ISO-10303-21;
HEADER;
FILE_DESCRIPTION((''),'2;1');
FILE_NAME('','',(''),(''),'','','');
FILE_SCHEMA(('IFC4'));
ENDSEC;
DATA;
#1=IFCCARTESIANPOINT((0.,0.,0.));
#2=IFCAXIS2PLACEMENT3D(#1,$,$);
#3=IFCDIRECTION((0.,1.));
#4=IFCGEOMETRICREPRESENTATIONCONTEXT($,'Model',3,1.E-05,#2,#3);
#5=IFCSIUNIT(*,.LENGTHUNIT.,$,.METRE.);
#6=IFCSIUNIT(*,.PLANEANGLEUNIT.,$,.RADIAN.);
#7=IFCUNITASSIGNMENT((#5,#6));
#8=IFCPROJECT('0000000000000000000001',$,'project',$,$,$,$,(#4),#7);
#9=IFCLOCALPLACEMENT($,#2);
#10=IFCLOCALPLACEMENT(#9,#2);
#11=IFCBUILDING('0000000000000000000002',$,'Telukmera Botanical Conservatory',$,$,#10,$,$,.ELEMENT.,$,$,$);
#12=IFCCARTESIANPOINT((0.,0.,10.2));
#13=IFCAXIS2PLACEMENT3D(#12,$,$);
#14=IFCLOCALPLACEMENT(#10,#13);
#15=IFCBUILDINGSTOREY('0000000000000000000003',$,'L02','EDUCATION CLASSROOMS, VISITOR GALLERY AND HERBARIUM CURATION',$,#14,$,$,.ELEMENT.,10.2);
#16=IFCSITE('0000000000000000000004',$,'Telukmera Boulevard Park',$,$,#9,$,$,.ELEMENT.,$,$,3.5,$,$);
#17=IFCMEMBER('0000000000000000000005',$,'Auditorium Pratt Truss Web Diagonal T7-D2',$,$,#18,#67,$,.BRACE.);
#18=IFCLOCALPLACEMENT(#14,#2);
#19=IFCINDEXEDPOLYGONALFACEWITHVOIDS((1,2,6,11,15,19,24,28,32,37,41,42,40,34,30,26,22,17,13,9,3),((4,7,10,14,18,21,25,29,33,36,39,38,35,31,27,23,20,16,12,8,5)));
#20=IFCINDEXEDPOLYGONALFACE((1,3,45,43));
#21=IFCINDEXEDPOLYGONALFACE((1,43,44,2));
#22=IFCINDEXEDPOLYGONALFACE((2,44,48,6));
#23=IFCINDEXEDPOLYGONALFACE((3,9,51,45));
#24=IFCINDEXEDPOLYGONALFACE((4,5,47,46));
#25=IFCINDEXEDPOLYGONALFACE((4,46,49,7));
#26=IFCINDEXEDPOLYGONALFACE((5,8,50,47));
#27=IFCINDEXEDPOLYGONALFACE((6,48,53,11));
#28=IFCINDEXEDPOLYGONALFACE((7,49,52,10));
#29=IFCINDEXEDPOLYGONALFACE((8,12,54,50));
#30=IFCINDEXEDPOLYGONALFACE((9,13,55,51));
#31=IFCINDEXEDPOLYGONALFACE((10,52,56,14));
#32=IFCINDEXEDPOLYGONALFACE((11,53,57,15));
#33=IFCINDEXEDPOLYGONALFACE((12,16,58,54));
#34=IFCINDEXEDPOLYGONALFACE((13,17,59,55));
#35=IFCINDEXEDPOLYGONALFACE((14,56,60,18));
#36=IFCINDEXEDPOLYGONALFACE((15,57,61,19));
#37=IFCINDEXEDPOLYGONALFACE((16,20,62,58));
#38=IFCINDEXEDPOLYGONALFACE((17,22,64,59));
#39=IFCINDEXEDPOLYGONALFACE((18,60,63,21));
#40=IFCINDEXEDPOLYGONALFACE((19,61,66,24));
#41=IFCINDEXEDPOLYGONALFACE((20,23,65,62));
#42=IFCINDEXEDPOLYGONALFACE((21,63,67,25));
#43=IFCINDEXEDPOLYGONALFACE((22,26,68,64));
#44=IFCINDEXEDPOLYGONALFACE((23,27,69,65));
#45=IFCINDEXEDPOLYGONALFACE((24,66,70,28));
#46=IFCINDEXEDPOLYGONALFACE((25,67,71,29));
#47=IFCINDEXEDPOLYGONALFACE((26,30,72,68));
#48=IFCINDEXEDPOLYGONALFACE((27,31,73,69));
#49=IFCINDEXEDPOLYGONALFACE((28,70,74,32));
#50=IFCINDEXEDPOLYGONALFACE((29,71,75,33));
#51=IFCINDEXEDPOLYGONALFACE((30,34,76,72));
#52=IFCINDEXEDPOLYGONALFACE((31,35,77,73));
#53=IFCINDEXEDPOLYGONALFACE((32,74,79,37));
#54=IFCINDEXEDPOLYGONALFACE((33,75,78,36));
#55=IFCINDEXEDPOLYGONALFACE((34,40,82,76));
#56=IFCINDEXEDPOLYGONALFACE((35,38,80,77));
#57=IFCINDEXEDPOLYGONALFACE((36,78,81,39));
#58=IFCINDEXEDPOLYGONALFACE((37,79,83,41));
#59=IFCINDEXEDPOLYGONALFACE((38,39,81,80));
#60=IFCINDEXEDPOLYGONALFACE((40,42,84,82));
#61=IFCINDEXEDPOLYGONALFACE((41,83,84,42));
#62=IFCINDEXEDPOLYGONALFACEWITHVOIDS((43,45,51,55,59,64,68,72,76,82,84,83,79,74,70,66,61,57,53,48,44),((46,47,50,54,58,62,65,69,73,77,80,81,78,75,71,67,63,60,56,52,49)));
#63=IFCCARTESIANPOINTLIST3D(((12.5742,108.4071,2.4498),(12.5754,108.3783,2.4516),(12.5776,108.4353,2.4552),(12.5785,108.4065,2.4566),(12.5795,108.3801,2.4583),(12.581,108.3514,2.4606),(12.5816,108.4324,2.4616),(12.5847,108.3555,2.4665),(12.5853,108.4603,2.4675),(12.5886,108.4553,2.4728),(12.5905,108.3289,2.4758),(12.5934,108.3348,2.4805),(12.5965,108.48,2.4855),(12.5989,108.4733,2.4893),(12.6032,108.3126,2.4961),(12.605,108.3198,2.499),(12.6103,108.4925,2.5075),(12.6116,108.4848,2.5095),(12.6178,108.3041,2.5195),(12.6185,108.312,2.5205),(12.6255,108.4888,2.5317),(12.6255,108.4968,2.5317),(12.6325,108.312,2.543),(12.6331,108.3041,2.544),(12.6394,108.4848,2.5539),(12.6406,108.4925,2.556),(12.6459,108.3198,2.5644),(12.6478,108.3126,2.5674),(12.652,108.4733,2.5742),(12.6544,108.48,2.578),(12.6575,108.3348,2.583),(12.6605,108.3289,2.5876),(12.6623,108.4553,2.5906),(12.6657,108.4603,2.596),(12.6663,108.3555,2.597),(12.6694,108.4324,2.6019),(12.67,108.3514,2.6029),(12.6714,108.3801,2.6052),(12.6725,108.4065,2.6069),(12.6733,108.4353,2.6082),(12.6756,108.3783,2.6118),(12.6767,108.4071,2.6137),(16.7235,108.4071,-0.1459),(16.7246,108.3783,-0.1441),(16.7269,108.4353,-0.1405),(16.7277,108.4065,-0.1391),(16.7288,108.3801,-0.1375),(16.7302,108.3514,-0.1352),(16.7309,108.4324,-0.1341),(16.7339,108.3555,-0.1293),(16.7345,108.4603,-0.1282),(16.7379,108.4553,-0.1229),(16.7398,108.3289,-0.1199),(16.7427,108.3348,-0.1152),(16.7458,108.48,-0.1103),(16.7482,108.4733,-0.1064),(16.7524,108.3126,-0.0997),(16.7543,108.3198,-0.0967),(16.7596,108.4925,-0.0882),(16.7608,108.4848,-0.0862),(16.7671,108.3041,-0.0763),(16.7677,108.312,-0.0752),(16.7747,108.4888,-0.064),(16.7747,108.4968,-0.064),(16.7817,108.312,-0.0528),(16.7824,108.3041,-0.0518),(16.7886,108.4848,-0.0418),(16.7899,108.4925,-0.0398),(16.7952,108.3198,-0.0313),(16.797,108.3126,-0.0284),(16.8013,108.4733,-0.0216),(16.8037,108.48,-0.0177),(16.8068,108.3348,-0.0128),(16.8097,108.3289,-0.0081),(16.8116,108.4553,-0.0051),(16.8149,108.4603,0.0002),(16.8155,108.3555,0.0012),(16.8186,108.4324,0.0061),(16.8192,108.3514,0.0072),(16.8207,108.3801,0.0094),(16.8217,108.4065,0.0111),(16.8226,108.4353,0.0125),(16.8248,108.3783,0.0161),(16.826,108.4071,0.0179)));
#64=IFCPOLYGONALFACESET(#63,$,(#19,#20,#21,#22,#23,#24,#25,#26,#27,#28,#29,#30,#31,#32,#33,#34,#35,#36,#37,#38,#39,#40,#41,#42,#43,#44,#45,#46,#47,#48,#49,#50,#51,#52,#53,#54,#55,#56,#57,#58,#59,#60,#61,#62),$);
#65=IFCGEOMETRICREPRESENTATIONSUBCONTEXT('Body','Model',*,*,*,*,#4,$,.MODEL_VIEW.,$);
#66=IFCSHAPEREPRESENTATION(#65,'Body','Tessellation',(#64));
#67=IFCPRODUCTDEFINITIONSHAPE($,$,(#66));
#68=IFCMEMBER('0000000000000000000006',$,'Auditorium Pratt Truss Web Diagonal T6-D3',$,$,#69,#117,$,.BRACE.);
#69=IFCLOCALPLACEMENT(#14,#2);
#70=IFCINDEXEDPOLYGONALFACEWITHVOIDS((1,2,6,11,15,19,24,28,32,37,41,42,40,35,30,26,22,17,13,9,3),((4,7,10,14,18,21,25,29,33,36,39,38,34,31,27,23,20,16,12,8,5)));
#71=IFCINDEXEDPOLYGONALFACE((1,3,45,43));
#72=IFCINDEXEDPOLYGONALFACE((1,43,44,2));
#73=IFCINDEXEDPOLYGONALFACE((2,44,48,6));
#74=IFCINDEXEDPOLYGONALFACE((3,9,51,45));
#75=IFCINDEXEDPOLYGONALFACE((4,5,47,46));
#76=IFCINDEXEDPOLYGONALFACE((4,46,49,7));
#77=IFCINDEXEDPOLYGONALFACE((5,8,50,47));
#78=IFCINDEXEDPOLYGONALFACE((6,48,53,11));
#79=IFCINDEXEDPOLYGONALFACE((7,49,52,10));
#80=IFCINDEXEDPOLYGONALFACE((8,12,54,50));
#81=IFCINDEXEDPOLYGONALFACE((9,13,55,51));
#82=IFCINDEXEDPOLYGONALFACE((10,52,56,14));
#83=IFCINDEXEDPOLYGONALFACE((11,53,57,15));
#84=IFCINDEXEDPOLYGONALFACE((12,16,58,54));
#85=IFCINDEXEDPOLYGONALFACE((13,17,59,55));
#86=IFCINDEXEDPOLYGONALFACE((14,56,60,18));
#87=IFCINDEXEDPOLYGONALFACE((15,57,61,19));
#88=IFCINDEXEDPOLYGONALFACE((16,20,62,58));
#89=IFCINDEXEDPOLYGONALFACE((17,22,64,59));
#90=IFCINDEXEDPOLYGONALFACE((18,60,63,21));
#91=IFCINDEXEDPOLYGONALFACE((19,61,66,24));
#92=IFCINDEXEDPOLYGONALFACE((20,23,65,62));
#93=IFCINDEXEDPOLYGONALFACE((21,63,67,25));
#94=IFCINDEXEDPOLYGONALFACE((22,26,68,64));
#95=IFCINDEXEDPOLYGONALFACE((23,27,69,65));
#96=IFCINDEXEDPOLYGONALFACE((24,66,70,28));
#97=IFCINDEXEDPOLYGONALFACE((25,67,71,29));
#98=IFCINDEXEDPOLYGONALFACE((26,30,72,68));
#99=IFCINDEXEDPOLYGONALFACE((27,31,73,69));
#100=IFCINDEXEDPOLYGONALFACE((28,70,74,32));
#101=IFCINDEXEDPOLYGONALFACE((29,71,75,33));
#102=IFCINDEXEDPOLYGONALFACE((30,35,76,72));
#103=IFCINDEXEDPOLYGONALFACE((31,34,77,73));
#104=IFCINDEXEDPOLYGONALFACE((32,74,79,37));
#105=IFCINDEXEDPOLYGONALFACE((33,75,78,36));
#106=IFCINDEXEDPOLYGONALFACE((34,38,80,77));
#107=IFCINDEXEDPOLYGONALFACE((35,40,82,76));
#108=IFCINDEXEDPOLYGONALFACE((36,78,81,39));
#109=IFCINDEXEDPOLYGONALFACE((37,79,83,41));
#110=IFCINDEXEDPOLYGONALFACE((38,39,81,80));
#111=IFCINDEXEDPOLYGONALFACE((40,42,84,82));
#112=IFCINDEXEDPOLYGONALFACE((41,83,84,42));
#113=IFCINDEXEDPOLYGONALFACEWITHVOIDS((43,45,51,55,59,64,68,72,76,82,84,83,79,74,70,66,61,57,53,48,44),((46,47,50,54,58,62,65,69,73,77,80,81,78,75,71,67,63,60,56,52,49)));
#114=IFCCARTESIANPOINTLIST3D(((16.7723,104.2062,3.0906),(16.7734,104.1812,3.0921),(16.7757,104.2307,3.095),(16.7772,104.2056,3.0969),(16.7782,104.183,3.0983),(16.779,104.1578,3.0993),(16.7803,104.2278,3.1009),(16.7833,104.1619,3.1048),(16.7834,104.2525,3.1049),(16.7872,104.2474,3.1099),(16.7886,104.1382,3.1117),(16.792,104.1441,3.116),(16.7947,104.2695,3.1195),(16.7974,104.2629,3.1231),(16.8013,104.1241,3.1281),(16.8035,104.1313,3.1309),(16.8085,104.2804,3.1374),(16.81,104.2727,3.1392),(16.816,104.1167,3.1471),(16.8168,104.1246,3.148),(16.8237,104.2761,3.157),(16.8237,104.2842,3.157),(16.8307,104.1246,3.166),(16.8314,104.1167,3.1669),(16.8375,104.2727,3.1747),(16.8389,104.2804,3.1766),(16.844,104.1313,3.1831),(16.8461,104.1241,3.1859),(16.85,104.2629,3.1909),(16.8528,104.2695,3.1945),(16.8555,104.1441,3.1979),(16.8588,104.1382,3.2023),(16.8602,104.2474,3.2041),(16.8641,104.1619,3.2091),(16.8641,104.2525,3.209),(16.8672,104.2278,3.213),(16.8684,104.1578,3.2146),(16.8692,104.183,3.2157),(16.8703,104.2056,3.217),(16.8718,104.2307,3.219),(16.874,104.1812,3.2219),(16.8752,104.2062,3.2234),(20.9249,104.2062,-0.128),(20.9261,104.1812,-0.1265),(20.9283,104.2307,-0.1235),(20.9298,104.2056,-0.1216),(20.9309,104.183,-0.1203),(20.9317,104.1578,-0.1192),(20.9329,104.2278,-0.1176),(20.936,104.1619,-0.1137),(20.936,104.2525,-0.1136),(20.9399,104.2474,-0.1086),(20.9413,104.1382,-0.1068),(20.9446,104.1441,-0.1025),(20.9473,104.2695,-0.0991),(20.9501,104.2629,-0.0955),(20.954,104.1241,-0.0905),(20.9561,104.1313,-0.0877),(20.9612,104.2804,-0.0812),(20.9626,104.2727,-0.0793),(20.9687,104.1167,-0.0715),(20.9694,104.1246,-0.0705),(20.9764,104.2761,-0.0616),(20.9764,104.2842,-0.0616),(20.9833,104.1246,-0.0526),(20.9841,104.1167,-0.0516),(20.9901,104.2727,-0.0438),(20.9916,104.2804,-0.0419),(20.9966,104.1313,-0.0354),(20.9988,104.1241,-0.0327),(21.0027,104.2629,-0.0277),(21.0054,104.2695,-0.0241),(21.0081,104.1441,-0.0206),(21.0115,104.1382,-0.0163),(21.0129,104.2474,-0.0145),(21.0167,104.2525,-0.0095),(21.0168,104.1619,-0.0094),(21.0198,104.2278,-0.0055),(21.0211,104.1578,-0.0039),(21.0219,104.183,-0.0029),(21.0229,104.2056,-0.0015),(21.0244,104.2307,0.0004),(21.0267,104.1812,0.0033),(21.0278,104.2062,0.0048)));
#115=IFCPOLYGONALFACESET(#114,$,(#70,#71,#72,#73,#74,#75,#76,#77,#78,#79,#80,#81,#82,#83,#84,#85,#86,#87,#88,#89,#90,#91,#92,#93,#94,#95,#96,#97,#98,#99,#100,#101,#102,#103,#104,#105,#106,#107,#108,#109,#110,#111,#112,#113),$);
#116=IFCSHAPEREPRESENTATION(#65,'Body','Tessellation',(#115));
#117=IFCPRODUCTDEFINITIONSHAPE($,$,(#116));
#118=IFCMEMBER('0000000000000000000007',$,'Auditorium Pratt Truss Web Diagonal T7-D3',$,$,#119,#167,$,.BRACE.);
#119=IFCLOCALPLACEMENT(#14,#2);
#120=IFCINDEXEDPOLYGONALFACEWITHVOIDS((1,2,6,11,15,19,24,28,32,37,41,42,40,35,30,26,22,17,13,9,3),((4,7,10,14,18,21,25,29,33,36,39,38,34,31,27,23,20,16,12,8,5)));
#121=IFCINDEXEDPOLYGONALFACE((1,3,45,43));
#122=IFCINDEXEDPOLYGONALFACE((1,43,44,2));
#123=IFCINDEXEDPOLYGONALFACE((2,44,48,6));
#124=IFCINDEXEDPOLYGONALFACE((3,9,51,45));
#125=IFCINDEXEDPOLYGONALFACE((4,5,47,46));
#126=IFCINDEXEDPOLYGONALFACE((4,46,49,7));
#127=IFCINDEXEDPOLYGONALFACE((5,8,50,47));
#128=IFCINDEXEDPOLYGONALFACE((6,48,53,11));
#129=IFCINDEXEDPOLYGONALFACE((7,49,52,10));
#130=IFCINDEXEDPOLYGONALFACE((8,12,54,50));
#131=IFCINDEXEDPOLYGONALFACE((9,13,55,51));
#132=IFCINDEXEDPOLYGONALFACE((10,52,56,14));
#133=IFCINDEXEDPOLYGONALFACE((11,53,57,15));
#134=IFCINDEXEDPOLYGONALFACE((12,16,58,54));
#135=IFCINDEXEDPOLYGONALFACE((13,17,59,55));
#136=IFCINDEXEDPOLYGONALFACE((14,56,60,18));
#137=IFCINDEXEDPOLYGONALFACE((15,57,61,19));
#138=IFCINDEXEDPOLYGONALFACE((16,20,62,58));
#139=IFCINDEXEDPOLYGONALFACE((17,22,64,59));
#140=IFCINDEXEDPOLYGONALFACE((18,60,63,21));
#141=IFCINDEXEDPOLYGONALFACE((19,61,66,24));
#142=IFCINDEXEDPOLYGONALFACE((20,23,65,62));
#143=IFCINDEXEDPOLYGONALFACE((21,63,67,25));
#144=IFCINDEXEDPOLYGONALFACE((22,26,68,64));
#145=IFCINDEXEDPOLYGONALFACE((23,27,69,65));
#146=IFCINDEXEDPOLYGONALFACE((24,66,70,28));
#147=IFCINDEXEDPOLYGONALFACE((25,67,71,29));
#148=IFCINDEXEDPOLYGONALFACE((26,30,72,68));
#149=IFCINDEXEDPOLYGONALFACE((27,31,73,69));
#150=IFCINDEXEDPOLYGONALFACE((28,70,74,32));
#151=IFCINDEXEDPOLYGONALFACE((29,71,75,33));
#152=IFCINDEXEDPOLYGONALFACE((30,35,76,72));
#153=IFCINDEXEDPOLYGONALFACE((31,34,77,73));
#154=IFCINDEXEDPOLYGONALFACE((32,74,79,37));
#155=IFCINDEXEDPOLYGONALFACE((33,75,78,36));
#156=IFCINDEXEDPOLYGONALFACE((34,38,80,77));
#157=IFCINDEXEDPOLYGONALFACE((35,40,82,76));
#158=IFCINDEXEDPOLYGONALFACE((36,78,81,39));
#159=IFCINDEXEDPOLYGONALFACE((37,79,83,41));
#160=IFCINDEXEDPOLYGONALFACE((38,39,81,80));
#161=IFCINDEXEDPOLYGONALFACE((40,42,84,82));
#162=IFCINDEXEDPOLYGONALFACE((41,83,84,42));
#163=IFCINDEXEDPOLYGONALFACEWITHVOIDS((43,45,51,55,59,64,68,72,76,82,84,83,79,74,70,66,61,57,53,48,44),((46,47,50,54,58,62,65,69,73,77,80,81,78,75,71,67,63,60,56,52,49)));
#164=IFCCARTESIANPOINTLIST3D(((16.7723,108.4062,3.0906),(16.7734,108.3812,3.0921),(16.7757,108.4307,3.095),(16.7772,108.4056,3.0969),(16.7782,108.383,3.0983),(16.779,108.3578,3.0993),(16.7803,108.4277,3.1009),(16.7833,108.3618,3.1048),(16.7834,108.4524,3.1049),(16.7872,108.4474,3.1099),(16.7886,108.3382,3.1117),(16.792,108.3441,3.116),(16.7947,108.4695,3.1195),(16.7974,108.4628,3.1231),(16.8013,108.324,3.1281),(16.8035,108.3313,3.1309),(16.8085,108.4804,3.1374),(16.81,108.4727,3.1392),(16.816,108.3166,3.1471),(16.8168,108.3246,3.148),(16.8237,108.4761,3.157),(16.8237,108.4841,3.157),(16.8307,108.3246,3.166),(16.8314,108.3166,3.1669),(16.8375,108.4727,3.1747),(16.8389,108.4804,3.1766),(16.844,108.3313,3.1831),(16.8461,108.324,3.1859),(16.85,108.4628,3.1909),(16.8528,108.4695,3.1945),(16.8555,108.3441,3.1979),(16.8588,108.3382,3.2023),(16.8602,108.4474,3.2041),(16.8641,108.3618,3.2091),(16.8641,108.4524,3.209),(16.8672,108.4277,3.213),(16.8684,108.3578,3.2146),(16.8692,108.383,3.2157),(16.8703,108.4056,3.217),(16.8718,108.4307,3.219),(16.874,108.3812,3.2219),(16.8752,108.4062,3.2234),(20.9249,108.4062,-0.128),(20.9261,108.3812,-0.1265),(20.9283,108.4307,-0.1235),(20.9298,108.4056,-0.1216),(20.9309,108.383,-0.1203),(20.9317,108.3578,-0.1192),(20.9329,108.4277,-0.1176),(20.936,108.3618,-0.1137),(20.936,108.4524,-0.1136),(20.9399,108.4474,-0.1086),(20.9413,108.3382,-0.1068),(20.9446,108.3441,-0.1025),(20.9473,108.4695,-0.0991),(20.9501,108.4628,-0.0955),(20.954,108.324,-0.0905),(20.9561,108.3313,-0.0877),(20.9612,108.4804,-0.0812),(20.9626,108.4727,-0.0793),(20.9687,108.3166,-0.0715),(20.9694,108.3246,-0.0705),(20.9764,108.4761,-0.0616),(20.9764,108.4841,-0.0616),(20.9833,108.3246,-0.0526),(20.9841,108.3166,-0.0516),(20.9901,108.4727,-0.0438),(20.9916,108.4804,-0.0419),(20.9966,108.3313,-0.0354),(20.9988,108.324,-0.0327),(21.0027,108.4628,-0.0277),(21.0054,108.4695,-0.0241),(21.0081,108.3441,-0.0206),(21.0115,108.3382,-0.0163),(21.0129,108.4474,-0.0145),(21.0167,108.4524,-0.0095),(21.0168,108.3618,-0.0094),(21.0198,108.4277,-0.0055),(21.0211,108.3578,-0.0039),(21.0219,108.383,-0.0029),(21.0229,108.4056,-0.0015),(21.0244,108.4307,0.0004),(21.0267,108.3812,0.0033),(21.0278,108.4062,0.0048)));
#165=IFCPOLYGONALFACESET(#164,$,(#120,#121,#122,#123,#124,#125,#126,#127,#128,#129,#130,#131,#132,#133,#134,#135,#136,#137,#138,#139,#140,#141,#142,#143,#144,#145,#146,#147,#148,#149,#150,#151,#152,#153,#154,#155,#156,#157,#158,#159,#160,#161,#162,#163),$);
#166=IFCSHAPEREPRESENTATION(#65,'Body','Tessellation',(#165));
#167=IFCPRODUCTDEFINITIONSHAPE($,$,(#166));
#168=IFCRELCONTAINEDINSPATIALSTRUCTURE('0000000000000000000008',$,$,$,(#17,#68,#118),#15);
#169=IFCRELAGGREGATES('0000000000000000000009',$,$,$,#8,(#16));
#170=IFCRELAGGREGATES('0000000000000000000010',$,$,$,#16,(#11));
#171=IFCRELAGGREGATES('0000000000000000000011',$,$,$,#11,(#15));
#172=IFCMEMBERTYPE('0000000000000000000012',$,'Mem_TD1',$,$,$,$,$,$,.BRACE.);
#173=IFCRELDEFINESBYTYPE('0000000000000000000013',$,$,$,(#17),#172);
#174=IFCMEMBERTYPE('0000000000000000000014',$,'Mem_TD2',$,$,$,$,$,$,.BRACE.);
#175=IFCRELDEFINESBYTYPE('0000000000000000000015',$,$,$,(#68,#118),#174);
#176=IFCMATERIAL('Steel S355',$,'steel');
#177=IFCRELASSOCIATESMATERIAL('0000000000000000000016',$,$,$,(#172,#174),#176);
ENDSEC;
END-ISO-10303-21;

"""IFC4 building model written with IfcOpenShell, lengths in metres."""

from ifc_helpers import new_model, si_unit, direction, frame, origin, origin_2d, place, context, subcontext, project, spatial, hollow_circle, extrude, material, material_profile, profile_set, type_object, element, save


model = new_model("IFC4")

# Units and contexts
model_context = context("Model", 3, precision=1e-05, world=origin(), true_north=direction((0.0, 1.0)))
body_context = subcontext(model_context, "Body", "Model", "MODEL_VIEW")
ifc_project = project(units=[si_unit("LENGTHUNIT", "METRE"), si_unit("PLANEANGLEUNIT", "RADIAN")], contexts=[model_context])

# Site, building, storey
site_placement = place(None, origin())
site = spatial("IfcSite", under=ifc_project, at=site_placement, Name="Telukmera Boulevard Park", CompositionType="ELEMENT", RefElevation=3.5)
building_placement = place(site_placement, origin())
building = spatial("IfcBuilding", under=site, at=building_placement, Name="Telukmera Botanical Conservatory", CompositionType="ELEMENT")
storey_placement = place(building_placement, frame((0.0, 0.0, 10.2)))
storey = spatial("IfcBuildingStorey", under=building, at=storey_placement, Name="L02", Description="EDUCATION CLASSROOMS, VISITOR GALLERY AND HERBARIUM CURATION", CompositionType="ELEMENT", Elevation=10.2)

# Members
ifc_material = material(Name="Steel S355", Category="steel")
ifc_material_profile_1 = material_profile(ifc_material, hollow_circle(Radius=0.0969, WallThickness=0.0081, at=origin_2d()), Name="CHS 193.7x8.0")
ifc_profile_set_1 = profile_set([ifc_material_profile_1], Name="Steel S355")
member_type_1 = type_object("IfcMemberType", Name="Mem_TD1", PredefinedType="BRACE", material=ifc_profile_set_1)
for number, where, z_axis, x_axis, name in (
    (1, (12.6255, 108.3999, 2.5317), (0.847771, 0.0, -0.530362), (0.0, 1.0, 0.0), "Auditorium Pratt Truss Web Diagonal T7-D2"),
):
    element("IfcMember", number, at=place(storey_placement, frame(where, z_axis=z_axis, x_axis=x_axis)), inside=storey, type_object=member_type_1, Name=name, PredefinedType="BRACE", context=body_context, shape_type="SweptSolid", body=[
        extrude(hollow_circle(Radius=0.0969, WallThickness=0.0081, at=origin_2d()), origin(), (0.0, 0.0, 1.0), 4.8943),
    ])
ifc_material_profile_2 = material_profile(ifc_material, hollow_circle(Radius=0.0842, WallThickness=0.0081, at=origin_2d()), Name="CHS 168.3x8.0")
ifc_profile_set_2 = profile_set([ifc_material_profile_2], Name="Steel S355")
member_type_2 = type_object("IfcMemberType", Name="Mem_TD2", PredefinedType="BRACE", material=ifc_profile_set_2)
for number, where, z_axis, x_axis, name in (
    (2, (16.8237, 104.2, 3.157), (0.790392, 0.0, -0.612601), (0.0, 1.0, 0.0), "Auditorium Pratt Truss Web Diagonal T6-D3"),
    (3, (16.8237, 108.3999, 3.157), (0.790392, 0.0, -0.612601), (0.0, 1.0, 0.0), "Auditorium Pratt Truss Web Diagonal T7-D3"),
):
    element("IfcMember", number, at=place(storey_placement, frame(where, z_axis=z_axis, x_axis=x_axis)), inside=storey, type_object=member_type_2, Name=name, PredefinedType="BRACE", context=body_context, shape_type="SweptSolid", body=[
        extrude(hollow_circle(Radius=0.0842, WallThickness=0.0081, at=origin_2d()), origin(), (0.0, 0.0, 1.0), 5.2539),
    ])

save(model, "model.ifc")
